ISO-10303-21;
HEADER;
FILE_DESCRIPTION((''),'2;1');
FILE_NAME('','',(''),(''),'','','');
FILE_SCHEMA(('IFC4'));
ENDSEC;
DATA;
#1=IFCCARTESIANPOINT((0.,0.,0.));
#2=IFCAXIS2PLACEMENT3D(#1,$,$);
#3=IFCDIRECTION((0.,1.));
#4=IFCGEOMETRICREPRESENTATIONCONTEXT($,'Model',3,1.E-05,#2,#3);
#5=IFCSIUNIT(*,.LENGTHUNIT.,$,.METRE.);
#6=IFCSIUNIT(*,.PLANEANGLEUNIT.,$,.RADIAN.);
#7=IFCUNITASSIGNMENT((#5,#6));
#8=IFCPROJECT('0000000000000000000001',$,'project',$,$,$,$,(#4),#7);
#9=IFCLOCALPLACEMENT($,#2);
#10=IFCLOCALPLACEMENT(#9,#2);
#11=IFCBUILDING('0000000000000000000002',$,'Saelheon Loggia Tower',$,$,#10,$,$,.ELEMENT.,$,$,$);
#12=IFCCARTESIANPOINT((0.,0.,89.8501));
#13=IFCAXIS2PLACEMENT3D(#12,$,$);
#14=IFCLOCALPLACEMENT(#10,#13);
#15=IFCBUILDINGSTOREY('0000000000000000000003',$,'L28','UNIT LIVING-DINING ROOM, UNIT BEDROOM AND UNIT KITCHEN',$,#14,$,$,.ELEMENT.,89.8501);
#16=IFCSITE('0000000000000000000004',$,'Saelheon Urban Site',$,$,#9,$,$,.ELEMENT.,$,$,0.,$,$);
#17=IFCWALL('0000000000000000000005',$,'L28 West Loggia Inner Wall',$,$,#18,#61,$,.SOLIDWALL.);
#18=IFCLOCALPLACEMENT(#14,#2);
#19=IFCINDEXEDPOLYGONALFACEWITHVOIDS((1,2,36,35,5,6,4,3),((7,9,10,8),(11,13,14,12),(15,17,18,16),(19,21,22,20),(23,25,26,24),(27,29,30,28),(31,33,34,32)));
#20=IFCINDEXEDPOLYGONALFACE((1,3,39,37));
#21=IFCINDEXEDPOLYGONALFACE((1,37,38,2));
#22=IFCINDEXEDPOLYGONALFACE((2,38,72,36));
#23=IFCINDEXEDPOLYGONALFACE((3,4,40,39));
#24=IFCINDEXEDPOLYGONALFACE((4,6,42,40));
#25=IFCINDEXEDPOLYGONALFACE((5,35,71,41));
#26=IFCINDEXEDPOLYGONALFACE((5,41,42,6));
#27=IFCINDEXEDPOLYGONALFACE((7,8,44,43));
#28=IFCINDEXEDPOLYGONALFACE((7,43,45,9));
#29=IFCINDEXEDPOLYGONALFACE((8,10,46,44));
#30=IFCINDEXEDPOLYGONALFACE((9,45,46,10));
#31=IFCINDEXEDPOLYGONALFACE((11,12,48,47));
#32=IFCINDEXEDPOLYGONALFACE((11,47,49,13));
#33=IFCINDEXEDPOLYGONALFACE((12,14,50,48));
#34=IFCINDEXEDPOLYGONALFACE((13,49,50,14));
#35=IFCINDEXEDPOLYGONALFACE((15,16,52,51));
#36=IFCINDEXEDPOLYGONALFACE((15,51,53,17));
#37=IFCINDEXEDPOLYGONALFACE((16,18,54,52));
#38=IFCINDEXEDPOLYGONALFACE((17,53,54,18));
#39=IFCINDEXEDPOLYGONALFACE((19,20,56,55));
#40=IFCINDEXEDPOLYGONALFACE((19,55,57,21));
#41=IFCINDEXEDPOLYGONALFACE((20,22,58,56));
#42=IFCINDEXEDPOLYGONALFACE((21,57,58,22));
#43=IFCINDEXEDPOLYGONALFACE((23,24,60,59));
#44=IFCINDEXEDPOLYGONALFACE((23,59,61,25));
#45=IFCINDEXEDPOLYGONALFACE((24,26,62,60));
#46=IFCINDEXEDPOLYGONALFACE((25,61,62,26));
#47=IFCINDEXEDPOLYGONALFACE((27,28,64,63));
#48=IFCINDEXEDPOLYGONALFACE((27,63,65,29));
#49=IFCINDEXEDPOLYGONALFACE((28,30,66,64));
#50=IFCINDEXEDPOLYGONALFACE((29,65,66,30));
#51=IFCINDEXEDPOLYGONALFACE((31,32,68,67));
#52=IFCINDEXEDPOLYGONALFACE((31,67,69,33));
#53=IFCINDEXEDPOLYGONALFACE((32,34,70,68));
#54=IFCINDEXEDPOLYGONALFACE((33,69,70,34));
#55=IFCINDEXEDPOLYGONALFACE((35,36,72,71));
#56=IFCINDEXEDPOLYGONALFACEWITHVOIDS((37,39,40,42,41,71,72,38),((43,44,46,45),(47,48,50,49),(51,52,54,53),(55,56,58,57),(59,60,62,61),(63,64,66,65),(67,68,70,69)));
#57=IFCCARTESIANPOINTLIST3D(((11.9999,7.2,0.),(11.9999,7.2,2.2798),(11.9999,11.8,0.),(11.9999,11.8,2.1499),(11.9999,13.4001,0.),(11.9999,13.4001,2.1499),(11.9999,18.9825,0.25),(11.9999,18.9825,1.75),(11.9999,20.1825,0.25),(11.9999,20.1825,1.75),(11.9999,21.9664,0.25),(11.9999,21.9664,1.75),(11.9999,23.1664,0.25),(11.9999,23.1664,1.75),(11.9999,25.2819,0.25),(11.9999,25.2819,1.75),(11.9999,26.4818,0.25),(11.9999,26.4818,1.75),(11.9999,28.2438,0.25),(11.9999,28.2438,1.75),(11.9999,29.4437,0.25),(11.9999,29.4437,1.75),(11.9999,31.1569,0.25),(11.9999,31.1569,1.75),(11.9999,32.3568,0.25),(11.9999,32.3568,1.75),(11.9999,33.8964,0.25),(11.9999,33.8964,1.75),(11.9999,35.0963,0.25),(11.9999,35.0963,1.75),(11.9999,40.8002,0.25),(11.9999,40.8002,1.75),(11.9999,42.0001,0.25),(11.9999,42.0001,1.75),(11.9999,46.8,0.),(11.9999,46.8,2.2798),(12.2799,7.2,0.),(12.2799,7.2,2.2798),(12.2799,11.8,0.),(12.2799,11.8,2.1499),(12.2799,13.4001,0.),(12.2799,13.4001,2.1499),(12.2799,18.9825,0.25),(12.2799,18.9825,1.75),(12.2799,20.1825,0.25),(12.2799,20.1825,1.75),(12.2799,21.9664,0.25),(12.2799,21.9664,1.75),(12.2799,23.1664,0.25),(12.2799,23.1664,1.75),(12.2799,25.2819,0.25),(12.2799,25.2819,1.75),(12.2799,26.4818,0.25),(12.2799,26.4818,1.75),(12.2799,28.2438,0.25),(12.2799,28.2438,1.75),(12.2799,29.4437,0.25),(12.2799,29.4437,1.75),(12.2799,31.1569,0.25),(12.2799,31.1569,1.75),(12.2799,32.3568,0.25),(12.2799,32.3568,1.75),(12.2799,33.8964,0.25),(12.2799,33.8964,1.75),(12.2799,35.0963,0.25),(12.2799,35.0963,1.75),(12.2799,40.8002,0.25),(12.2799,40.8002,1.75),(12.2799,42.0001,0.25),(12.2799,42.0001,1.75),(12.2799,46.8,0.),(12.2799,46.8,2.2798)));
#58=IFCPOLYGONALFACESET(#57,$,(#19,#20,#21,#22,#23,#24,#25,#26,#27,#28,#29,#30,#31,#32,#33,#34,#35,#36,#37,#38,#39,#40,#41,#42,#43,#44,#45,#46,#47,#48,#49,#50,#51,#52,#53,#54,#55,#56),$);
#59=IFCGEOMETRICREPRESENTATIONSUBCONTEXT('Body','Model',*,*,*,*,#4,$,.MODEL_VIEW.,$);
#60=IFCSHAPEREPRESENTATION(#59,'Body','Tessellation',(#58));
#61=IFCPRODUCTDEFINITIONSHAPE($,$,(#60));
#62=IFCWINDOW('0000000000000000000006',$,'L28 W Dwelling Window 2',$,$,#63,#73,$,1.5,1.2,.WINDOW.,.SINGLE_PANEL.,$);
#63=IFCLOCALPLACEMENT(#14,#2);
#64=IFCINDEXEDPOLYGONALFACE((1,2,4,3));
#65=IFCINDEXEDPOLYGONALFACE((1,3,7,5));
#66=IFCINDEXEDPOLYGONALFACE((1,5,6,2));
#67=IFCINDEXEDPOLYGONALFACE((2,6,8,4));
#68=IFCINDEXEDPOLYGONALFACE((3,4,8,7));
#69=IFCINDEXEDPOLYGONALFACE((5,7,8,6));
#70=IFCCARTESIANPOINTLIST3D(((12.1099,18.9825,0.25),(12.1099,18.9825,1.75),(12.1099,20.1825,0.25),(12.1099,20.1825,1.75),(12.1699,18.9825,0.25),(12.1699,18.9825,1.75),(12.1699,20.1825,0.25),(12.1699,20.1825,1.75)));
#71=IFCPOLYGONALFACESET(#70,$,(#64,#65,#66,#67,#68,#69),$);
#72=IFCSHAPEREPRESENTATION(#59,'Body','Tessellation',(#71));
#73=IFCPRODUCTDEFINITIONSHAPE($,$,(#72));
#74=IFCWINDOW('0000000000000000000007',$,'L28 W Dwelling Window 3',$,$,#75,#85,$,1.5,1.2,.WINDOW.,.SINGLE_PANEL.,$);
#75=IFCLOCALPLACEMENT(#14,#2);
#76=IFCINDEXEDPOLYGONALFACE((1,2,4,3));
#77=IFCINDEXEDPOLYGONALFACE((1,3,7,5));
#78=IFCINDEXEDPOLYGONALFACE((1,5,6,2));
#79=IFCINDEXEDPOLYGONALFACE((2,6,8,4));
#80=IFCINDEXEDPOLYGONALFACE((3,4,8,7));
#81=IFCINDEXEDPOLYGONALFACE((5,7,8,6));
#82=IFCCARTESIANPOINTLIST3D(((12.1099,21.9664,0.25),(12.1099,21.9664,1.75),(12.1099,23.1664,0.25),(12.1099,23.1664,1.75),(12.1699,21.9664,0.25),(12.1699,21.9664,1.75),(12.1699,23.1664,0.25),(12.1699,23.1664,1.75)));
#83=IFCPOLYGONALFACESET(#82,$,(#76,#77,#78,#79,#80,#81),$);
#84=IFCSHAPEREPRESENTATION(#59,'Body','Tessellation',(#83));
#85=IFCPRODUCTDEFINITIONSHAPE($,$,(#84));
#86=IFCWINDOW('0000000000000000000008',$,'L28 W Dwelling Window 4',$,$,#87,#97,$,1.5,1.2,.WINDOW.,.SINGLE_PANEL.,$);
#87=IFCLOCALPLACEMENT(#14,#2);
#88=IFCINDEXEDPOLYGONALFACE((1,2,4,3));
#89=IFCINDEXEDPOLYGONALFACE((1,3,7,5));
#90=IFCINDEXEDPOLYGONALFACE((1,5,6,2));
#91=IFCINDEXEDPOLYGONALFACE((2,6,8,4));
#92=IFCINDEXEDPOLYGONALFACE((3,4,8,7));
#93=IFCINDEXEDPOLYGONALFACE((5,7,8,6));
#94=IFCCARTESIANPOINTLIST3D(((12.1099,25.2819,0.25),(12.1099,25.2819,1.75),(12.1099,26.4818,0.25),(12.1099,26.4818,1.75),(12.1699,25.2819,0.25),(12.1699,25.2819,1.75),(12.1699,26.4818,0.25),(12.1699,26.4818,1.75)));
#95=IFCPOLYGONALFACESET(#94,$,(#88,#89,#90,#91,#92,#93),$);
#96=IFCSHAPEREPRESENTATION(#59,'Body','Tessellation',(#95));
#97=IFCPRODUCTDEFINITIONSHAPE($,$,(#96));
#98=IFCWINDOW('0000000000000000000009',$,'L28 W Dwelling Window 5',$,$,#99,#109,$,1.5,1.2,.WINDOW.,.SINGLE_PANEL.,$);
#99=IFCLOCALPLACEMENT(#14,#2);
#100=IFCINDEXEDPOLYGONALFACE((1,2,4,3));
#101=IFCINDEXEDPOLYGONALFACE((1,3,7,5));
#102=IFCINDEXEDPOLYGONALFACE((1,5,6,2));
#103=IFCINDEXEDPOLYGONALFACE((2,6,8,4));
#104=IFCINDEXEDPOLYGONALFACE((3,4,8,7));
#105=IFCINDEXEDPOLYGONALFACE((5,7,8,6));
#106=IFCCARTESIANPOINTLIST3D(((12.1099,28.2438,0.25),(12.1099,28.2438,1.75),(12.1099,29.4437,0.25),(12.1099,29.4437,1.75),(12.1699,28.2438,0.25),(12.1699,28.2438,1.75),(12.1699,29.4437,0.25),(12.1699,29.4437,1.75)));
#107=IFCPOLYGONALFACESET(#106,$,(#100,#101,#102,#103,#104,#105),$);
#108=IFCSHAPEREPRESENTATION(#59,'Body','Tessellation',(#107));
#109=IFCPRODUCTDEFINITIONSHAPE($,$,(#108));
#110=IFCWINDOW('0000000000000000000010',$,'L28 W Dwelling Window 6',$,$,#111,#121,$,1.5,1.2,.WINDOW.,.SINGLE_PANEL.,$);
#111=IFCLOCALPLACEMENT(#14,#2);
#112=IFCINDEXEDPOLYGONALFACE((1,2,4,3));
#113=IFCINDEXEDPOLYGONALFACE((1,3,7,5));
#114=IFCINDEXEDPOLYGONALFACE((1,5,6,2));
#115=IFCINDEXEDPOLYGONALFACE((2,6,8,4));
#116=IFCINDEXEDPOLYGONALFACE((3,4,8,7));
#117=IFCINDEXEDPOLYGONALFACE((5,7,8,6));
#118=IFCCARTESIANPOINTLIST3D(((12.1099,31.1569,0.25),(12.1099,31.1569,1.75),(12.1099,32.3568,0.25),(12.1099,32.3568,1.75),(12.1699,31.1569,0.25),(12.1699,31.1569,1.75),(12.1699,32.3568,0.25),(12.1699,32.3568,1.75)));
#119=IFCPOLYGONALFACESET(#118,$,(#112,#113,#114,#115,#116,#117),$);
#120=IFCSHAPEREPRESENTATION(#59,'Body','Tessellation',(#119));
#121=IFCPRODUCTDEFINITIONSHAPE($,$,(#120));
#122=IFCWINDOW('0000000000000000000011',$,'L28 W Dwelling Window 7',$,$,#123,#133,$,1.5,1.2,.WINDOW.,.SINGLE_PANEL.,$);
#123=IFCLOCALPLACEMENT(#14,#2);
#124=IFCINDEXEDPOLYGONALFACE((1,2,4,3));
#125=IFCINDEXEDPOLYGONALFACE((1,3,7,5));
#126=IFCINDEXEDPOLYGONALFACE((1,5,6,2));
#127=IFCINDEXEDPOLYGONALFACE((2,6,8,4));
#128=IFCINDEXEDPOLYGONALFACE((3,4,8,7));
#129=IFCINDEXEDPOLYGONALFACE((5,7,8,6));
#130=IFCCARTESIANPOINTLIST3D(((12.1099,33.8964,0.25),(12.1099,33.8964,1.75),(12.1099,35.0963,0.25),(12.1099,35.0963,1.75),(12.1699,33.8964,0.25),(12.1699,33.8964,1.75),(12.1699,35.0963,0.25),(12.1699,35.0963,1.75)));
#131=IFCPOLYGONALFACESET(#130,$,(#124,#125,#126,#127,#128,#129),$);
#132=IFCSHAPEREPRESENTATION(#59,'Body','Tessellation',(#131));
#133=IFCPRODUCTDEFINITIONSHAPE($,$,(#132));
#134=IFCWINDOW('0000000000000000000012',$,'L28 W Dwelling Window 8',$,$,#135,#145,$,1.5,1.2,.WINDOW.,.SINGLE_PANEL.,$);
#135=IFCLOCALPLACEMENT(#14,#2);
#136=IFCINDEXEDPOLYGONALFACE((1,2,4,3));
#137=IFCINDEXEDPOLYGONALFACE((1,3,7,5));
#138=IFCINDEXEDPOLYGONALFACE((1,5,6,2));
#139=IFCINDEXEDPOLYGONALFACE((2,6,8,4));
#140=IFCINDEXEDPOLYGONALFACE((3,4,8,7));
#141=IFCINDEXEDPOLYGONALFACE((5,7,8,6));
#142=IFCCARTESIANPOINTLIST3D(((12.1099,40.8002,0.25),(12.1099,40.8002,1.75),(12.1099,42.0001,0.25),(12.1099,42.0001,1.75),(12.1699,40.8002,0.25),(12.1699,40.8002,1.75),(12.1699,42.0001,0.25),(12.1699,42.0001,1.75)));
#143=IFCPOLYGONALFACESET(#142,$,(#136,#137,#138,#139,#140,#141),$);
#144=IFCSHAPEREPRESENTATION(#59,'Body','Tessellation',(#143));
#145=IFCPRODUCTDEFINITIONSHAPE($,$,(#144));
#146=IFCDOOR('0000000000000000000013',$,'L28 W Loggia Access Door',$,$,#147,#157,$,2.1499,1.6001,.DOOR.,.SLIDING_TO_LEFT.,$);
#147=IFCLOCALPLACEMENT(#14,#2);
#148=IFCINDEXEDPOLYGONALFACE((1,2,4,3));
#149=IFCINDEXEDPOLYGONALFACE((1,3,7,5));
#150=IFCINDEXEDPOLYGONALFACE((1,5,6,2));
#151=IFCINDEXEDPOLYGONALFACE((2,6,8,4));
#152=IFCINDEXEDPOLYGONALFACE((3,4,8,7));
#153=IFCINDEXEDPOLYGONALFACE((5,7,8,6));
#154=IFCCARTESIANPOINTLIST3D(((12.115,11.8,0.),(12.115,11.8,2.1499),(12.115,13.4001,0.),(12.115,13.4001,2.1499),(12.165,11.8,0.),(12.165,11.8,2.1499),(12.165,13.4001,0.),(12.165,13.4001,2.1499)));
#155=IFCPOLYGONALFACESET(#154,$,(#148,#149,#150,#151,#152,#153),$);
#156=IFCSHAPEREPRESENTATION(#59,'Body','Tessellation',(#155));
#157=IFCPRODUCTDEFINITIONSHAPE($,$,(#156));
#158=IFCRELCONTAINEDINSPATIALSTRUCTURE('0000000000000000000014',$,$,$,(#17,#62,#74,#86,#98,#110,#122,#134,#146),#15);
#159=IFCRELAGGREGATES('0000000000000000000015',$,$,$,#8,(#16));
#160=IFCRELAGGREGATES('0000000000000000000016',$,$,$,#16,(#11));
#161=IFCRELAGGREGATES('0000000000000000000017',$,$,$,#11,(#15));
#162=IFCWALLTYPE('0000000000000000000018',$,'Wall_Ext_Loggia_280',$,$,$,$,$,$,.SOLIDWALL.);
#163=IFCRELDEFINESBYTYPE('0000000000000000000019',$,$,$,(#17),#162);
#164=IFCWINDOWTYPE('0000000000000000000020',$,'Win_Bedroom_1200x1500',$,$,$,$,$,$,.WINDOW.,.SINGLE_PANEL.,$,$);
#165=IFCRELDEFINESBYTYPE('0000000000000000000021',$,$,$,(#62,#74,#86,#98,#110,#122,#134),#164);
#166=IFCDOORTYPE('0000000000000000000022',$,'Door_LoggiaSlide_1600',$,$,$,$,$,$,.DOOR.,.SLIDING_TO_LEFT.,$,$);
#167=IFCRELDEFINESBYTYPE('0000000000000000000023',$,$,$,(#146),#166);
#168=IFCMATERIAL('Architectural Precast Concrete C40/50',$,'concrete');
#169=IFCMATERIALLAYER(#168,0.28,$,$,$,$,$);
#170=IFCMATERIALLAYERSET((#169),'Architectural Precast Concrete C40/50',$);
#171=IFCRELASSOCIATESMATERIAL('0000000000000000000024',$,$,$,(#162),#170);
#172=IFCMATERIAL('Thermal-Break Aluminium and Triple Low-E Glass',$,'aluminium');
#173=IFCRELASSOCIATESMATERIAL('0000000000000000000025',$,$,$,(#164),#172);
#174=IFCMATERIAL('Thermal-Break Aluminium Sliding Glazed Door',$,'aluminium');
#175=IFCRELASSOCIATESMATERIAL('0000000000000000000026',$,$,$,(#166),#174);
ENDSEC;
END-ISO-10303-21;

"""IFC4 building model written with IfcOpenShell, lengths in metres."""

from ifc_helpers import new_model, si_unit, direction, frame, frame_2d, origin, place, context, subcontext, project, spatial, rectangle, extrude, source, transform, mapped, material, layer, layer_set, type_object, element, fill, save


model = new_model("IFC4")

# Units and contexts
model_context = context("Model", 3, precision=1e-05, world=origin(), true_north=direction((0.0, 1.0)))
body_context = subcontext(model_context, "Body", "Model", "MODEL_VIEW")
ifc_project = project(units=[si_unit("LENGTHUNIT", "METRE"), si_unit("PLANEANGLEUNIT", "RADIAN")], contexts=[model_context])

# Site, building, storey
site_placement = place(None, origin())
site = spatial("IfcSite", under=ifc_project, at=site_placement, Name="Saelheon Urban Site", CompositionType="ELEMENT", RefElevation=0.0)
building_placement = place(site_placement, origin())
building = spatial("IfcBuilding", under=site, at=building_placement, Name="Saelheon Loggia Tower", CompositionType="ELEMENT")
storey_placement = place(building_placement, frame((0.0, 0.0, 89.8501)))
storey = spatial("IfcBuildingStorey", under=building, at=storey_placement, Name="L28", Description="UNIT LIVING-DINING ROOM, UNIT BEDROOM AND UNIT KITCHEN", CompositionType="ELEMENT", Elevation=89.8501)

# Shared definitions
ifc_material_1 = material(Name="Thermal-Break Aluminium and Triple Low-E Glass", Category="aluminium")

# Wall, openings, windows, door
ifc_material_2 = material(Name="Architectural Precast Concrete C40/50", Category="concrete")
ifc_layer_1 = layer(ifc_material_2, 0.28)
ifc_layer_set_1 = layer_set([ifc_layer_1], Name="Architectural Precast Concrete C40/50")
wall_type = type_object("IfcWallType", Name="Wall_Ext_Loggia_280", PredefinedType="SOLIDWALL", material=ifc_layer_set_1)
wall_placement = place(storey_placement, frame((12.1399, 7.2, 0.0), z_axis=(0.0, 0.0, 1.0), x_axis=(0.0, 1.0, 0.0)))
wall = element("IfcWall", 1, at=wall_placement, inside=storey, type_object=wall_type, Name="L28 West Loggia Inner Wall", PredefinedType="SOLIDWALL", context=body_context, shape_type="SweptSolid", body=[
    extrude(rectangle(XDim=39.6001, YDim=0.28, at=frame_2d((19.8, 0.0))), origin(), (0.0, 0.0, 1.0), 2.2798),
])
opening_1_placement = place(wall_placement, frame((4.6001, 0.0, 0.0)))
opening_1 = element("IfcOpeningElement", 2, at=opening_1_placement, cuts=wall, PredefinedType="OPENING", context=body_context, shape_type="SweptSolid", body=[
    extrude(rectangle(XDim=1.6001, YDim=2.1499, at=frame_2d((0.8, 1.075))), frame((0.0, 0.1521, 0.0), z_axis=(0.0, -1.0, 0.0), x_axis=(1.0, 0.0, 0.0)), (0.0, 0.0, 1.0), 0.304),
])
opening_2_placement = place(wall_placement, frame((11.7825, 0.0, 0.25)))
opening_2 = element("IfcOpeningElement", 3, at=opening_2_placement, cuts=wall, PredefinedType="OPENING", context=body_context, shape_type="SweptSolid", body=[
    extrude(rectangle(XDim=1.2, YDim=1.5, at=frame_2d((0.6001, 0.75))), frame((0.0, 0.1521, 0.0), z_axis=(0.0, -1.0, 0.0), x_axis=(1.0, 0.0, 0.0)), (0.0, 0.0, 1.0), 0.304),
])
opening_3_placement = place(wall_placement, frame((14.7664, 0.0, 0.25)))
opening_3 = element("IfcOpeningElement", 4, at=opening_3_placement, cuts=wall, PredefinedType="OPENING", context=body_context, shape_type="SweptSolid", body=[
    extrude(rectangle(XDim=1.2, YDim=1.5, at=frame_2d((0.6001, 0.75))), frame((0.0, 0.1521, 0.0), z_axis=(0.0, -1.0, 0.0), x_axis=(1.0, 0.0, 0.0)), (0.0, 0.0, 1.0), 0.304),
])
opening_4_placement = place(wall_placement, frame((18.0818, 0.0, 0.25)))
opening_4 = element("IfcOpeningElement", 5, at=opening_4_placement, cuts=wall, PredefinedType="OPENING", context=body_context, shape_type="SweptSolid", body=[
    extrude(rectangle(XDim=1.2, YDim=1.5, at=frame_2d((0.6001, 0.75))), frame((0.0, 0.1521, 0.0), z_axis=(0.0, -1.0, 0.0), x_axis=(1.0, 0.0, 0.0)), (0.0, 0.0, 1.0), 0.304),
])
opening_5_placement = place(wall_placement, frame((21.0437, 0.0, 0.25)))
opening_5 = element("IfcOpeningElement", 6, at=opening_5_placement, cuts=wall, PredefinedType="OPENING", context=body_context, shape_type="SweptSolid", body=[
    extrude(rectangle(XDim=1.2, YDim=1.5, at=frame_2d((0.6001, 0.75))), frame((0.0, 0.1521, 0.0), z_axis=(0.0, -1.0, 0.0), x_axis=(1.0, 0.0, 0.0)), (0.0, 0.0, 1.0), 0.304),
])
opening_6_placement = place(wall_placement, frame((23.9568, 0.0, 0.25)))
opening_6 = element("IfcOpeningElement", 7, at=opening_6_placement, cuts=wall, PredefinedType="OPENING", context=body_context, shape_type="SweptSolid", body=[
    extrude(rectangle(XDim=1.2, YDim=1.5, at=frame_2d((0.6001, 0.75))), frame((0.0, 0.1521, 0.0), z_axis=(0.0, -1.0, 0.0), x_axis=(1.0, 0.0, 0.0)), (0.0, 0.0, 1.0), 0.304),
])
opening_7_placement = place(wall_placement, frame((26.6963, 0.0, 0.25)))
opening_7 = element("IfcOpeningElement", 8, at=opening_7_placement, cuts=wall, PredefinedType="OPENING", context=body_context, shape_type="SweptSolid", body=[
    extrude(rectangle(XDim=1.2, YDim=1.5, at=frame_2d((0.6001, 0.75))), frame((0.0, 0.1521, 0.0), z_axis=(0.0, -1.0, 0.0), x_axis=(1.0, 0.0, 0.0)), (0.0, 0.0, 1.0), 0.304),
])
opening_8_placement = place(wall_placement, frame((33.6001, 0.0, 0.25)))
opening_8 = element("IfcOpeningElement", 9, at=opening_8_placement, cuts=wall, PredefinedType="OPENING", context=body_context, shape_type="SweptSolid", body=[
    extrude(rectangle(XDim=1.2, YDim=1.5, at=frame_2d((0.6001, 0.75))), frame((0.0, 0.1521, 0.0), z_axis=(0.0, -1.0, 0.0), x_axis=(1.0, 0.0, 0.0)), (0.0, 0.0, 1.0), 0.304),
])
window_type = type_object("IfcWindowType", Name="Win_Bedroom_1200x1500", PartitioningType="SINGLE_PANEL", PredefinedType="WINDOW", material=ifc_material_1)
shared_shape_1 = source(origin(), body_context, "Body", "SweptSolid", [
    extrude(rectangle(XDim=1.2, YDim=1.5, at=frame_2d((0.6001, 0.75))), frame((0.0, 0.03, 0.0), z_axis=(0.0, -1.0, 0.0), x_axis=(1.0, 0.0, 0.0)), (0.0, 0.0, 1.0), 0.0601),
])
window_1_placement = place(opening_2_placement, origin())
window_1 = element("IfcWindow", 10, at=window_1_placement, inside=storey, type_object=window_type, Name="L28 W Dwelling Window 2", OverallHeight=1.5, OverallWidth=1.2, PartitioningType="SINGLE_PANEL", PredefinedType="WINDOW", context=body_context, shape_type="MappedRepresentation", body=[
    mapped(shared_shape_1, transform((0.0, 0.0, 0.0), scale=1.0)),
])
fill(opening_2, window_1)
window_2_placement = place(opening_3_placement, origin())
window_2 = element("IfcWindow", 11, at=window_2_placement, inside=storey, type_object=window_type, Name="L28 W Dwelling Window 3", OverallHeight=1.5, OverallWidth=1.2, PartitioningType="SINGLE_PANEL", PredefinedType="WINDOW", context=body_context, shape_type="MappedRepresentation", body=[
    mapped(shared_shape_1, transform((0.0, 0.0, 0.0), scale=1.0)),
])
fill(opening_3, window_2)
window_3_placement = place(opening_4_placement, origin())
window_3 = element("IfcWindow", 12, at=window_3_placement, inside=storey, type_object=window_type, Name="L28 W Dwelling Window 4", OverallHeight=1.5, OverallWidth=1.2, PartitioningType="SINGLE_PANEL", PredefinedType="WINDOW", context=body_context, shape_type="MappedRepresentation", body=[
    mapped(shared_shape_1, transform((0.0, 0.0, 0.0), scale=1.0)),
])
fill(opening_4, window_3)
window_4_placement = place(opening_5_placement, origin())
window_4 = element("IfcWindow", 13, at=window_4_placement, inside=storey, type_object=window_type, Name="L28 W Dwelling Window 5", OverallHeight=1.5, OverallWidth=1.2, PartitioningType="SINGLE_PANEL", PredefinedType="WINDOW", context=body_context, shape_type="MappedRepresentation", body=[
    mapped(shared_shape_1, transform((0.0, 0.0, 0.0), scale=1.0)),
])
fill(opening_5, window_4)
window_5_placement = place(opening_6_placement, origin())
window_5 = element("IfcWindow", 14, at=window_5_placement, inside=storey, type_object=window_type, Name="L28 W Dwelling Window 6", OverallHeight=1.5, OverallWidth=1.2, PartitioningType="SINGLE_PANEL", PredefinedType="WINDOW", context=body_context, shape_type="MappedRepresentation", body=[
    mapped(shared_shape_1, transform((0.0, 0.0, 0.0), scale=1.0)),
])
fill(opening_6, window_5)
window_6_placement = place(opening_7_placement, origin())
window_6 = element("IfcWindow", 15, at=window_6_placement, inside=storey, type_object=window_type, Name="L28 W Dwelling Window 7", OverallHeight=1.5, OverallWidth=1.2, PartitioningType="SINGLE_PANEL", PredefinedType="WINDOW", context=body_context, shape_type="MappedRepresentation", body=[
    mapped(shared_shape_1, transform((0.0, 0.0, 0.0), scale=1.0)),
])
fill(opening_7, window_6)
window_7_placement = place(opening_8_placement, origin())
window_7 = element("IfcWindow", 16, at=window_7_placement, inside=storey, type_object=window_type, Name="L28 W Dwelling Window 8", OverallHeight=1.5, OverallWidth=1.2, PartitioningType="SINGLE_PANEL", PredefinedType="WINDOW", context=body_context, shape_type="MappedRepresentation", body=[
    mapped(shared_shape_1, transform((0.0, 0.0, 0.0), scale=1.0)),
])
fill(opening_8, window_7)
ifc_material_3 = material(Name="Thermal-Break Aluminium Sliding Glazed Door", Category="aluminium")
door_type = type_object("IfcDoorType", Name="Door_LoggiaSlide_1600", OperationType="SLIDING_TO_LEFT", PredefinedType="DOOR", material=ifc_material_3)
shared_shape_2 = source(origin(), body_context, "Body", "SweptSolid", [
    extrude(rectangle(XDim=1.6001, YDim=2.1499, at=frame_2d((0.8, 1.075))), frame((0.0, 0.0249, 0.0), z_axis=(0.0, -1.0, 0.0), x_axis=(1.0, 0.0, 0.0)), (0.0, 0.0, 1.0), 0.05),
])
door_placement = place(opening_1_placement, origin())
door = element("IfcDoor", 17, at=door_placement, inside=storey, type_object=door_type, Name="L28 W Loggia Access Door", OperationType="SLIDING_TO_LEFT", OverallHeight=2.1499, OverallWidth=1.6001, PredefinedType="DOOR", context=body_context, shape_type="MappedRepresentation", body=[
    mapped(shared_shape_2, transform((0.0, 0.0, 0.0), scale=1.0)),
])
fill(opening_1, door)

save(model, "model.ifc")
